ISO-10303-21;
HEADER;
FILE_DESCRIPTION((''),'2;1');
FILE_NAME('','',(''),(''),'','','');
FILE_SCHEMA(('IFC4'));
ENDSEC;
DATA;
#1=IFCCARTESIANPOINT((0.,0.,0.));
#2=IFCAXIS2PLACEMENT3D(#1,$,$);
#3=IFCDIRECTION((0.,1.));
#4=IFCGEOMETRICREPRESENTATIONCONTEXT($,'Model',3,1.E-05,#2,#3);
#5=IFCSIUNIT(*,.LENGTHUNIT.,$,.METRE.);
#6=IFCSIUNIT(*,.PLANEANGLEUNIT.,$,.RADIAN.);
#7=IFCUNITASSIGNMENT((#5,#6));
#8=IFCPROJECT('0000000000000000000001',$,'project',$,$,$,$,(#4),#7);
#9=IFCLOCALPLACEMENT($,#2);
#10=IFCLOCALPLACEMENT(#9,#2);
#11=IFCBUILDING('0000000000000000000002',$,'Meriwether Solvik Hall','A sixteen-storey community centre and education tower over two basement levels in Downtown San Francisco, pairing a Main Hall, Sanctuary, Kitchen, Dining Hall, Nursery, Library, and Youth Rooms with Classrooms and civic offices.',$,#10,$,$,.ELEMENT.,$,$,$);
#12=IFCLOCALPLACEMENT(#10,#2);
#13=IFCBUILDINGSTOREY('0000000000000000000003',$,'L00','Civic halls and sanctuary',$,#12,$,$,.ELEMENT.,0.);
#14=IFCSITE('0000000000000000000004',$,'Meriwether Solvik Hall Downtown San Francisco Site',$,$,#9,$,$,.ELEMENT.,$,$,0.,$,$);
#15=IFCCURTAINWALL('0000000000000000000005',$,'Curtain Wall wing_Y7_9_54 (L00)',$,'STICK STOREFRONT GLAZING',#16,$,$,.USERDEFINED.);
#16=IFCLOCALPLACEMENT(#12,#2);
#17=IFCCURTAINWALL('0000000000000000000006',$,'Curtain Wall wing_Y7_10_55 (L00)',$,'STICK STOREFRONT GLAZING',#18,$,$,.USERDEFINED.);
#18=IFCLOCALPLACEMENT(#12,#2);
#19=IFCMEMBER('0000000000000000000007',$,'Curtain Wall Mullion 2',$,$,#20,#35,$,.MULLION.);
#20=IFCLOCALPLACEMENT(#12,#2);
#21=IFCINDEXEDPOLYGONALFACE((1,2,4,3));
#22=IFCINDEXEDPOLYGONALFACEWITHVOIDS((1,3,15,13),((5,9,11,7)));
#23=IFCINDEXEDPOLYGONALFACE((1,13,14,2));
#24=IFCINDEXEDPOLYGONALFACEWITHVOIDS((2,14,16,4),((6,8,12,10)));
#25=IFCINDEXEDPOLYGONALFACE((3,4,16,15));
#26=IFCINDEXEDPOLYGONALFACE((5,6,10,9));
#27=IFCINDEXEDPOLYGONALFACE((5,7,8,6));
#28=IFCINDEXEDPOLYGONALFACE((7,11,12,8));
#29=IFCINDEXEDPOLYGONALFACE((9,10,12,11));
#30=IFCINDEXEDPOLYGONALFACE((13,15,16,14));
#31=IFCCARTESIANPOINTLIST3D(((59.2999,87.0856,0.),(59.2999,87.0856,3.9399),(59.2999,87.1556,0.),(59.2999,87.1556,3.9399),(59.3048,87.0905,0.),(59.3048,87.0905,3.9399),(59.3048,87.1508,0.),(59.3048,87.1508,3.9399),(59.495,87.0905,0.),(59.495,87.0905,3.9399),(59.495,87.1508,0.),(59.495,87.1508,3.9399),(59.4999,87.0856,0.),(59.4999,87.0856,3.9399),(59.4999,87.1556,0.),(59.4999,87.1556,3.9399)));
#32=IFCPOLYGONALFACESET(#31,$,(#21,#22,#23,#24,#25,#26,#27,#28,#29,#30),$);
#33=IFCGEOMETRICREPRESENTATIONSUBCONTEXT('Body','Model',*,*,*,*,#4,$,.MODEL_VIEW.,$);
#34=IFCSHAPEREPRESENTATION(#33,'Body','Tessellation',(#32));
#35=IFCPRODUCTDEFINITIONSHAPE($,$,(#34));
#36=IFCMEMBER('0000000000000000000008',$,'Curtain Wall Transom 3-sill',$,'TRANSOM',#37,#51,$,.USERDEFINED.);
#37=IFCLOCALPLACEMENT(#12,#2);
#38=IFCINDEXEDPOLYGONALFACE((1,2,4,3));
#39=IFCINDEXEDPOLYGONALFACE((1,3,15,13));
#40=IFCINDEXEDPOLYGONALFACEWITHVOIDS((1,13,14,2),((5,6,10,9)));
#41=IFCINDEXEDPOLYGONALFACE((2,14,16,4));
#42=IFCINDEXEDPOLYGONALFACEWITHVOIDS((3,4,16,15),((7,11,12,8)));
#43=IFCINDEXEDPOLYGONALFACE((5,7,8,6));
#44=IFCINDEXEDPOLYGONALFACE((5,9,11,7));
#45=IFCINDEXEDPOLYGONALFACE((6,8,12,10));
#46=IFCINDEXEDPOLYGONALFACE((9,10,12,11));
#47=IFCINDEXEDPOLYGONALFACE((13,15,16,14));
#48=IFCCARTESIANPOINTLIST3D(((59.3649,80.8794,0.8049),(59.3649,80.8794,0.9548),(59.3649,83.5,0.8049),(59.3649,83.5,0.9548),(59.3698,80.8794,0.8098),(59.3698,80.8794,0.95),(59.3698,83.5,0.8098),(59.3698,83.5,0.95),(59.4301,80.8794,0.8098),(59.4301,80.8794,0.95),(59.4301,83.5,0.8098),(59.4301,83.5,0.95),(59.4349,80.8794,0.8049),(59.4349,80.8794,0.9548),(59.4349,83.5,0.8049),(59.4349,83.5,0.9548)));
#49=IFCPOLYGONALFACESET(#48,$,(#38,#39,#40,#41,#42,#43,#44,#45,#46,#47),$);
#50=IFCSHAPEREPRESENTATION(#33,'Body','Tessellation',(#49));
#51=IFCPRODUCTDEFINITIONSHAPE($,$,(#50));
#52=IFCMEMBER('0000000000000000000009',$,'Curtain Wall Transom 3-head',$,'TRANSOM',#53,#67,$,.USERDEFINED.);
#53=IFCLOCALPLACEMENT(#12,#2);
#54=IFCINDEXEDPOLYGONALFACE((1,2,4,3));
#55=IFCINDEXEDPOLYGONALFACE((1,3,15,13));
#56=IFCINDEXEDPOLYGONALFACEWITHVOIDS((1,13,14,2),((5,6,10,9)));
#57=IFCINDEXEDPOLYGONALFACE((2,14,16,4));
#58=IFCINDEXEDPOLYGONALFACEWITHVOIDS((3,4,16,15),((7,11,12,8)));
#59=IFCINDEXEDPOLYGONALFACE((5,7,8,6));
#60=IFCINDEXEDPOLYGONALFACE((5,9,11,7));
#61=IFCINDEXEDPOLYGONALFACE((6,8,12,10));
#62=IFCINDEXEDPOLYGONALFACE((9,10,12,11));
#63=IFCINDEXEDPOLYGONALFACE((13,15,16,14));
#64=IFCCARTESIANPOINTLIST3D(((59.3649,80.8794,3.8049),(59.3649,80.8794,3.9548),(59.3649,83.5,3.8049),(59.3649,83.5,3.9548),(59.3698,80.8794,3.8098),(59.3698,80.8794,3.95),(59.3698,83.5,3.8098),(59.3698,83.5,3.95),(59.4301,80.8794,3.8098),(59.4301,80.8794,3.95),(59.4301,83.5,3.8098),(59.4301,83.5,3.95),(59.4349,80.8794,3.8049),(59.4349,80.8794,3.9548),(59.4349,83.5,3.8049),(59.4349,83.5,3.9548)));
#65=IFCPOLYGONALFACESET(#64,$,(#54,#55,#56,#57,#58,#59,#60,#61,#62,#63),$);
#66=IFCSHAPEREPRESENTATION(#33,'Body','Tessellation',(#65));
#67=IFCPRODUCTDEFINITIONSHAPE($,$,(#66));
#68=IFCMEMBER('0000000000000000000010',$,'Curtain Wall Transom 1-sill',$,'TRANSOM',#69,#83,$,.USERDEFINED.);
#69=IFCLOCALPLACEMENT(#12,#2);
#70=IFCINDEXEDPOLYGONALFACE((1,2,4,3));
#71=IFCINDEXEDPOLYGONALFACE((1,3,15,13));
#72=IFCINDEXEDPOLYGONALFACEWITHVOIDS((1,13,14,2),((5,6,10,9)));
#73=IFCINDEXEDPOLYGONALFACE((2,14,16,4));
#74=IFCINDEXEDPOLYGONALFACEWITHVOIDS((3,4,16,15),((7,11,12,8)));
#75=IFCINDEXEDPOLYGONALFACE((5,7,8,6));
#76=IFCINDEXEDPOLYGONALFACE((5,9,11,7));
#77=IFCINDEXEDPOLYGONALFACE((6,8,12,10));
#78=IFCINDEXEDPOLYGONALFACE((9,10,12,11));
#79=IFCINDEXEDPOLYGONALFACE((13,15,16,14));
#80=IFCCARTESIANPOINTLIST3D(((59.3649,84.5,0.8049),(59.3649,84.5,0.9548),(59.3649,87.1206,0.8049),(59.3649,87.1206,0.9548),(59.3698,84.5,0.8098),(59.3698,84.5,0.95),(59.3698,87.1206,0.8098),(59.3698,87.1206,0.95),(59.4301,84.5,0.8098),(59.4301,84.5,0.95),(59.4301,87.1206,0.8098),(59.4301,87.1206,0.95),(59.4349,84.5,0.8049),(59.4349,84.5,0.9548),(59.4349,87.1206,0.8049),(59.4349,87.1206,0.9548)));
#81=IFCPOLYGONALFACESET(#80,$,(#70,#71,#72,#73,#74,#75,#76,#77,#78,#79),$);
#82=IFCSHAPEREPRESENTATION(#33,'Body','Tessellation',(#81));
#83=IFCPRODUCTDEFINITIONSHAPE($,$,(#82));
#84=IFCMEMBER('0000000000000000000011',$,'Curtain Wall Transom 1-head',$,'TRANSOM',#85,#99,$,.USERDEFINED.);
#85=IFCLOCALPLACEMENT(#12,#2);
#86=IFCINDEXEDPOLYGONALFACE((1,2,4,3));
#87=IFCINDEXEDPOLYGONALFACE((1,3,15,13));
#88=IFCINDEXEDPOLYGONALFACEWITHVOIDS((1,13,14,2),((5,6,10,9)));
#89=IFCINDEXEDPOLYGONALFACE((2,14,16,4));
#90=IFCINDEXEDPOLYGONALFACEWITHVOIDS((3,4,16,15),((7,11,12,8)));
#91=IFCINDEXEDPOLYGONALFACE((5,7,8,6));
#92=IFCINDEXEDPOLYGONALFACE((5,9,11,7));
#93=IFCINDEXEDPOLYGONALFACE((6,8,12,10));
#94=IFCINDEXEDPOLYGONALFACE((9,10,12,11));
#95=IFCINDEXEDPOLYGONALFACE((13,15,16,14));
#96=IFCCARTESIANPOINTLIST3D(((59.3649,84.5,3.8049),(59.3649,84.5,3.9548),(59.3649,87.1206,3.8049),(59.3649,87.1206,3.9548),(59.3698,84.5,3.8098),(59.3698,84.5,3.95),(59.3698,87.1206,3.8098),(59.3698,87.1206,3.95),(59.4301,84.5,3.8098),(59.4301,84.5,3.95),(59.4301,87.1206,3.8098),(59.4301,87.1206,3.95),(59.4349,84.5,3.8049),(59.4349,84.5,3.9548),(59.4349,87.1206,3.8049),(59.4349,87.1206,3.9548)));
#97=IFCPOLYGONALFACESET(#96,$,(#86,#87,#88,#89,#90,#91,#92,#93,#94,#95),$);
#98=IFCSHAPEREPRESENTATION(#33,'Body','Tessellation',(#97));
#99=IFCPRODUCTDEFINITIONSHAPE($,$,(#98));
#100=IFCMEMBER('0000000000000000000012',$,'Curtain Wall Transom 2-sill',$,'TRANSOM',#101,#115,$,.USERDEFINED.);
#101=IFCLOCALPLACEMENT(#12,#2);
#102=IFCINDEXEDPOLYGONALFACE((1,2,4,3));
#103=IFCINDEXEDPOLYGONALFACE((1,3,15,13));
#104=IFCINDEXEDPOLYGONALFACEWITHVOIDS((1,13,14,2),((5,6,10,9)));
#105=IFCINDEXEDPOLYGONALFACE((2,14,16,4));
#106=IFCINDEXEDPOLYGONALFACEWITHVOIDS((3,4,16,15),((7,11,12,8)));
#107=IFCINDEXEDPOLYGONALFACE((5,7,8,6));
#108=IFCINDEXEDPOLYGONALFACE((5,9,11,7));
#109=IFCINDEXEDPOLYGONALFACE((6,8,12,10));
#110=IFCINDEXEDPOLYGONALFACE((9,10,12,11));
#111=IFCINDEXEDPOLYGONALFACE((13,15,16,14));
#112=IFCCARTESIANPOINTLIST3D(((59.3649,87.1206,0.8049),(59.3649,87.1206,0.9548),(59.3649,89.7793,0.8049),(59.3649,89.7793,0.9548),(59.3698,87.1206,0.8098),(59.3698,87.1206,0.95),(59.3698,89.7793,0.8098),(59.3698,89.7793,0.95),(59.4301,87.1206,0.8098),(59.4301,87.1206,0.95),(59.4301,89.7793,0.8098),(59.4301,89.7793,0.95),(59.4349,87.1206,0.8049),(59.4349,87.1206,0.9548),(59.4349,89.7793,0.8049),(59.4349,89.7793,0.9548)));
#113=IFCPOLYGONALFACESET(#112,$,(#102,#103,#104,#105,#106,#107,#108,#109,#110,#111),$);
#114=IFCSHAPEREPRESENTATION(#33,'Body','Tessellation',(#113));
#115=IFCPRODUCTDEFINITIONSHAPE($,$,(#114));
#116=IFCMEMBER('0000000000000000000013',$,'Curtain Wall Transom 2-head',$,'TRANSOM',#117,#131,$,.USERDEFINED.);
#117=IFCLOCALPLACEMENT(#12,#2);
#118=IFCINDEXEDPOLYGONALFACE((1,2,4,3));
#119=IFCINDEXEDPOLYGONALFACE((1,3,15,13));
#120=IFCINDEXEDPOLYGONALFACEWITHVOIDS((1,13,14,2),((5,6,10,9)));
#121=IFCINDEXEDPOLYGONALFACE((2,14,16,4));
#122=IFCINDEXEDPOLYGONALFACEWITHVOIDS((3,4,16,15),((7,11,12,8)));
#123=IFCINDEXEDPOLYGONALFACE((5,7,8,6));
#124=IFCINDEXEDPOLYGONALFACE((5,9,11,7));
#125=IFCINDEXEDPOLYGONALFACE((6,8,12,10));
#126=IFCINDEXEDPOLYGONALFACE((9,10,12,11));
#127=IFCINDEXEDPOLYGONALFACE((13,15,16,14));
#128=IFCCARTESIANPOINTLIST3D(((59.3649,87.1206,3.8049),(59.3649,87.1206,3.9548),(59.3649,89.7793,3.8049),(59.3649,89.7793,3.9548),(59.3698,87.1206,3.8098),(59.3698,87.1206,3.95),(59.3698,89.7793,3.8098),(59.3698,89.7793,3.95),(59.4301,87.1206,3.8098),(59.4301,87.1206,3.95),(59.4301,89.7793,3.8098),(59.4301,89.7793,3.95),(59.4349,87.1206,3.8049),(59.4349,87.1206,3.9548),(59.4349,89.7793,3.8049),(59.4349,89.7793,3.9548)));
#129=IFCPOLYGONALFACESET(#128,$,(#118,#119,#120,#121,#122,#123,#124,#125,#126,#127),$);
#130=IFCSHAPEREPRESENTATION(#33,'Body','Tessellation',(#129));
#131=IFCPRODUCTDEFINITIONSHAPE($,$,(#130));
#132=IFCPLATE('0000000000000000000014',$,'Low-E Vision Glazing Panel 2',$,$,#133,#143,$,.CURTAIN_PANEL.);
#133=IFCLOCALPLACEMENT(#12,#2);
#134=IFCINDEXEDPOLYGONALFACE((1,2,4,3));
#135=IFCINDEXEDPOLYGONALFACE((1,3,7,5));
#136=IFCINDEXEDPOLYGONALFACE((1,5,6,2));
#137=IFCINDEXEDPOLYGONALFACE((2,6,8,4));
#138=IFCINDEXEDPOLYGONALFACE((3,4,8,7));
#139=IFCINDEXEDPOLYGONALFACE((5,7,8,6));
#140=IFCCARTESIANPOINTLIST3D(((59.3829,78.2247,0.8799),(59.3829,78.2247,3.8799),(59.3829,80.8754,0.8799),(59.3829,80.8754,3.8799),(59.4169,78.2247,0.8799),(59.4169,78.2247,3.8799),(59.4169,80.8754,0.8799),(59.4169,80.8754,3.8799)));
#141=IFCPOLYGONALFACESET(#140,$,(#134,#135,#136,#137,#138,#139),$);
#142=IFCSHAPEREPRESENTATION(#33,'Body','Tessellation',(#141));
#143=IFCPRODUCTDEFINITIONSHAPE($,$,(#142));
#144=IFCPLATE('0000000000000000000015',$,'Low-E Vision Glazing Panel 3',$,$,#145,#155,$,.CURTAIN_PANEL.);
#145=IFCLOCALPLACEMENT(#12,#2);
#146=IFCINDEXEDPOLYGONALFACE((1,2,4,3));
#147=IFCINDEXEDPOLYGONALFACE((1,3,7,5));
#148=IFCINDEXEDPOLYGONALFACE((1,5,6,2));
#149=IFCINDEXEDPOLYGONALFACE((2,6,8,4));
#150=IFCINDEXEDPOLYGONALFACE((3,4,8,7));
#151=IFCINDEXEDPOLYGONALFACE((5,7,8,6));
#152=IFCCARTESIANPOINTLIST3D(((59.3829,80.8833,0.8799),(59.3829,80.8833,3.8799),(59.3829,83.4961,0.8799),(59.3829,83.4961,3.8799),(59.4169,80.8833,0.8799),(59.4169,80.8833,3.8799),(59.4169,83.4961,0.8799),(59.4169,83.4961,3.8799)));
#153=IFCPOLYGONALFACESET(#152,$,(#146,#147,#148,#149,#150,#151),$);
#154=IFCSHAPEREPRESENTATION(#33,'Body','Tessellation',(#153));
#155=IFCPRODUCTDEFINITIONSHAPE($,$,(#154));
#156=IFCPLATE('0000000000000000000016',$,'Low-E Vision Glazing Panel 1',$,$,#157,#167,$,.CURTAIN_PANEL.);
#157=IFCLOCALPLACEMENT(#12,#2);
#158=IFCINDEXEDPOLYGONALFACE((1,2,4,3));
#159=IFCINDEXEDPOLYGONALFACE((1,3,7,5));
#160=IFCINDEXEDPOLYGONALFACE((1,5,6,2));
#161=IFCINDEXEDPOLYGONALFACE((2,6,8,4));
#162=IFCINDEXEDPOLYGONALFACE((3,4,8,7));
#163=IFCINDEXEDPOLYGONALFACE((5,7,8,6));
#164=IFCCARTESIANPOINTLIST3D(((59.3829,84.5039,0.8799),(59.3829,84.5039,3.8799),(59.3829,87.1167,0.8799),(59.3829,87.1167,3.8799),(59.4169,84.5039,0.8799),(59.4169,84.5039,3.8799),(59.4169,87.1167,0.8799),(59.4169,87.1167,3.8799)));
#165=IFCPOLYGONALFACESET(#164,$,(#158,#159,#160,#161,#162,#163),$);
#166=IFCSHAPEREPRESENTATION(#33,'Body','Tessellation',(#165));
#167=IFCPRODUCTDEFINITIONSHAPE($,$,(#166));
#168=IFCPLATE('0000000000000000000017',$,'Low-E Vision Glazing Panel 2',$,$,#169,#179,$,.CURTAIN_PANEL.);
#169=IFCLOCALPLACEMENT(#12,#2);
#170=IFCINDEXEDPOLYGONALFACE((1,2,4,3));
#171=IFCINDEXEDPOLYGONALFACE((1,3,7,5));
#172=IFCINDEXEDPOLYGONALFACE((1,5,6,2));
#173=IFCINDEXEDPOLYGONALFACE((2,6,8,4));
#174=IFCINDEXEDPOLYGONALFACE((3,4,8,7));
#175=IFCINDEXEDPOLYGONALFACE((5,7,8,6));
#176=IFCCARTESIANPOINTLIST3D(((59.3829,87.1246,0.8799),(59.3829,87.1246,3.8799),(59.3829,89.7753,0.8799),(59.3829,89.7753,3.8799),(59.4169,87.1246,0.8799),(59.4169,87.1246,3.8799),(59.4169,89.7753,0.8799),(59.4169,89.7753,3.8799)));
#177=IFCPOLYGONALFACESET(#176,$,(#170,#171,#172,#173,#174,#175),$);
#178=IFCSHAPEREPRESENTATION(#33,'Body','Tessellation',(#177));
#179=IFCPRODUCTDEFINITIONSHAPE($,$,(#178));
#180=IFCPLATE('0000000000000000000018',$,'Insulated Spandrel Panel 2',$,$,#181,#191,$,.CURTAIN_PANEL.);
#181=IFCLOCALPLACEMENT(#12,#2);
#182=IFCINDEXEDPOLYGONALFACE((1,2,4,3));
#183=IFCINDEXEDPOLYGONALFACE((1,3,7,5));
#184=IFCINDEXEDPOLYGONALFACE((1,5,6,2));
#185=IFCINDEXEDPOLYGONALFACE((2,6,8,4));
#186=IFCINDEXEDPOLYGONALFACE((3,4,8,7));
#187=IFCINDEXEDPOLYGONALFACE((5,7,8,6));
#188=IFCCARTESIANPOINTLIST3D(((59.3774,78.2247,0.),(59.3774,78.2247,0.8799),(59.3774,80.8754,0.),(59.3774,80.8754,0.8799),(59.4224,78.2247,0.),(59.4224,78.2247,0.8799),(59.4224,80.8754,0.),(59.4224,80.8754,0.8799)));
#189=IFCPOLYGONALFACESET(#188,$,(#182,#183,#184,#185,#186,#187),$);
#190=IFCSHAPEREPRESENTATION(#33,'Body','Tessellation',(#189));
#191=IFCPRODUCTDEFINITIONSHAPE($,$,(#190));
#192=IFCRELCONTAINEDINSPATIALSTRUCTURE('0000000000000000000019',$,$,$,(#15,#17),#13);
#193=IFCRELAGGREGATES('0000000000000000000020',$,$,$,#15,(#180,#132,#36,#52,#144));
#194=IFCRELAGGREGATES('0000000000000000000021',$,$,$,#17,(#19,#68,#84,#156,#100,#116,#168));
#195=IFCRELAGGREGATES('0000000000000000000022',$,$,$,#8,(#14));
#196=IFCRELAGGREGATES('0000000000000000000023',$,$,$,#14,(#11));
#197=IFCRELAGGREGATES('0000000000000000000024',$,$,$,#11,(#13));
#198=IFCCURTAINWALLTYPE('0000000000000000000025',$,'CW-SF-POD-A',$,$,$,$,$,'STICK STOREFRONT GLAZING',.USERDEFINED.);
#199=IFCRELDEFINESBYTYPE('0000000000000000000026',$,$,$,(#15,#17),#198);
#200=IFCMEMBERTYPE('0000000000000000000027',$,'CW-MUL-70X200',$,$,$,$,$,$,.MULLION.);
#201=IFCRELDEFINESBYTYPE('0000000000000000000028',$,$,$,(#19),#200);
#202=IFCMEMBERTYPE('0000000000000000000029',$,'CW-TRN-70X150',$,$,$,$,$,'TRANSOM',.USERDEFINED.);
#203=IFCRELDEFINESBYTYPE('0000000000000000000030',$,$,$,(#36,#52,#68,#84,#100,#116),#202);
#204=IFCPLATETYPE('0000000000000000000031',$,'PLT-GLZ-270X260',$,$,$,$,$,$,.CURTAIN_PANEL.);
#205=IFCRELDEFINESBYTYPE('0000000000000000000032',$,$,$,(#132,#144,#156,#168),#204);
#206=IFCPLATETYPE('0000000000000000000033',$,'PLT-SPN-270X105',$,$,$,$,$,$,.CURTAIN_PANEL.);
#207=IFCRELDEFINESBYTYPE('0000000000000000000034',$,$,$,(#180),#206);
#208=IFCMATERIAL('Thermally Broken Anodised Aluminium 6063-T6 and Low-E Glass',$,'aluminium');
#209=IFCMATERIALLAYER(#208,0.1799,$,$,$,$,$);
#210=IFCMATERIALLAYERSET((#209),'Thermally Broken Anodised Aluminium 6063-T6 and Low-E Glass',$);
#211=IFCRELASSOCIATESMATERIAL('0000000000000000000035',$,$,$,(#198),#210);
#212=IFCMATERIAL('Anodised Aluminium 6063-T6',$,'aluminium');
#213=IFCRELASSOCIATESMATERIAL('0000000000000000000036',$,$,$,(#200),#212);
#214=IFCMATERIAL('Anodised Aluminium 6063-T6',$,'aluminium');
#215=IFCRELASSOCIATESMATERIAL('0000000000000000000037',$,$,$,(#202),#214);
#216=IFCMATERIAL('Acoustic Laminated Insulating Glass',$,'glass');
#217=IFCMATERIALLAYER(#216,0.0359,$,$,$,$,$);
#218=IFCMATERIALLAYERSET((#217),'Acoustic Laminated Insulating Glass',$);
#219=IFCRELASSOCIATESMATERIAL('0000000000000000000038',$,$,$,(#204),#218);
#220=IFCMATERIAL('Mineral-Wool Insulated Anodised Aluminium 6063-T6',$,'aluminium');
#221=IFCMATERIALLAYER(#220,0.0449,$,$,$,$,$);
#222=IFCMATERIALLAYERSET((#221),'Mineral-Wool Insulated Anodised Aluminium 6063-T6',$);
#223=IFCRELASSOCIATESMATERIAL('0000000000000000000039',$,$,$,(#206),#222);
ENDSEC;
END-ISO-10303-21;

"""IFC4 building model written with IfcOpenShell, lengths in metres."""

from ifc_helpers import new_model, si_unit, direction, frame, origin, origin_2d, place, context, subcontext, project, spatial, rectangle, hollow_rectangle, extrude, material, layer, layer_set, material_profile, profile_set, type_object, element, aggregate, save


model = new_model("IFC4")

# Units and contexts
model_context = context("Model", 3, precision=1e-05, world=origin(), true_north=direction((0.0, 1.0)))
body_context = subcontext(model_context, "Body", "Model", "MODEL_VIEW")
ifc_project = project(units=[si_unit("LENGTHUNIT", "METRE"), si_unit("PLANEANGLEUNIT", "RADIAN")], contexts=[model_context])

# Site, building, storey
site_placement = place(None, origin())
site = spatial("IfcSite", under=ifc_project, at=site_placement, Name="Meriwether Solvik Hall Downtown San Francisco Site", CompositionType="ELEMENT", RefElevation=0.0)
building_placement = place(site_placement, origin())
building = spatial("IfcBuilding", under=site, at=building_placement, Name="Meriwether Solvik Hall", Description="A sixteen-storey community centre and education tower over two basement levels in Downtown San Francisco, pairing a Main Hall, Sanctuary, Kitchen, Dining Hall, Nursery, Library, and Youth Rooms with Classrooms and civic offices.", CompositionType="ELEMENT")
storey_placement = place(building_placement, origin())
storey = spatial("IfcBuildingStorey", under=building, at=storey_placement, Name="L00", Description="Civic halls and sanctuary", CompositionType="ELEMENT", Elevation=0.0)

# Curtain walls, member
ifc_material_1 = material(Name="Thermally Broken Anodised Aluminium 6063-T6 and Low-E Glass", Category="aluminium")
ifc_layer_1 = layer(ifc_material_1, 0.1799)
ifc_layer_set_1 = layer_set([ifc_layer_1], Name="Thermally Broken Anodised Aluminium 6063-T6 and Low-E Glass")
curtain_wall_type = type_object("IfcCurtainWallType", Name="CW-SF-POD-A", ElementType="STICK STOREFRONT GLAZING", PredefinedType="USERDEFINED", material=ifc_layer_set_1)
curtain_wall_1_placement = place(storey_placement, origin())
curtain_wall_1 = element("IfcCurtainWall", 1, at=curtain_wall_1_placement, inside=storey, type_object=curtain_wall_type, Name="Curtain Wall wing_Y7_9_54 (L00)", ObjectType="STICK STOREFRONT GLAZING", PredefinedType="USERDEFINED")
ifc_material_2 = material(Name="Anodised Aluminium 6063-T6", Category="aluminium")
ifc_material_profile_1 = material_profile(ifc_material_2, hollow_rectangle(XDim=0.0701, YDim=0.2, WallThickness=0.0049, at=origin_2d()), Name="CWM-70X200")
ifc_profile_set_1 = profile_set([ifc_material_profile_1], Name="Anodised Aluminium 6063-T6")
member_type_1 = type_object("IfcMemberType", Name="CW-MUL-70X200", PredefinedType="MULLION", material=ifc_profile_set_1)
curtain_wall_2_placement = place(storey_placement, origin())
curtain_wall_2 = element("IfcCurtainWall", 2, at=curtain_wall_2_placement, inside=storey, type_object=curtain_wall_type, Name="Curtain Wall wing_Y7_10_55 (L00)", ObjectType="STICK STOREFRONT GLAZING", PredefinedType="USERDEFINED")
member_1_placement = place(storey_placement, frame((59.3999, 87.1206, 0.0), z_axis=(0.0, 0.0, 1.0), x_axis=(0.0, 1.0, 0.0)))
member_1 = element("IfcMember", 3, at=member_1_placement, type_object=member_type_1, Name="Curtain Wall Mullion 2", PredefinedType="MULLION", context=body_context, shape_type="SweptSolid", body=[
    extrude(hollow_rectangle(XDim=0.0701, YDim=0.2, WallThickness=0.0049, at=origin_2d()), origin(), (0.0, 0.0, 1.0), 3.9399),
])

# Members
ifc_material_3 = material(Name="Anodised Aluminium 6063-T6", Category="aluminium")
ifc_material_profile_2 = material_profile(ifc_material_3, hollow_rectangle(XDim=0.0701, YDim=0.1499, WallThickness=0.0049, at=origin_2d()), Name="CWT-70X150")
ifc_profile_set_2 = profile_set([ifc_material_profile_2], Name="Anodised Aluminium 6063-T6")
member_type_2 = type_object("IfcMemberType", Name="CW-TRN-70X150", ElementType="TRANSOM", PredefinedType="USERDEFINED", material=ifc_profile_set_2)
member_2_placement = place(storey_placement, frame((59.3999, 80.8794, 0.8799), z_axis=(0.0, 1.0, 0.0), x_axis=(-1.0, 0.0, 0.0)))
member_2 = element("IfcMember", 4, at=member_2_placement, type_object=member_type_2, Name="Curtain Wall Transom 3-sill", ObjectType="TRANSOM", PredefinedType="USERDEFINED", context=body_context, shape_type="SweptSolid", body=[
    extrude(hollow_rectangle(XDim=0.0701, YDim=0.1499, WallThickness=0.0049, at=origin_2d()), origin(), (0.0, 0.0, 1.0), 2.6206),
])
member_3_placement = place(storey_placement, frame((59.3999, 80.8794, 3.8799), z_axis=(0.0, 1.0, 0.0), x_axis=(-1.0, 0.0, 0.0)))
member_3 = element("IfcMember", 5, at=member_3_placement, type_object=member_type_2, Name="Curtain Wall Transom 3-head", ObjectType="TRANSOM", PredefinedType="USERDEFINED", context=body_context, shape_type="SweptSolid", body=[
    extrude(hollow_rectangle(XDim=0.0701, YDim=0.1499, WallThickness=0.0049, at=origin_2d()), origin(), (0.0, 0.0, 1.0), 2.6206),
])
member_4_placement = place(storey_placement, frame((59.3999, 84.5, 0.8799), z_axis=(0.0, 1.0, 0.0), x_axis=(-1.0, 0.0, 0.0)))
member_4 = element("IfcMember", 6, at=member_4_placement, type_object=member_type_2, Name="Curtain Wall Transom 1-sill", ObjectType="TRANSOM", PredefinedType="USERDEFINED", context=body_context, shape_type="SweptSolid", body=[
    extrude(hollow_rectangle(XDim=0.0701, YDim=0.1499, WallThickness=0.0049, at=origin_2d()), origin(), (0.0, 0.0, 1.0), 2.6206),
])
member_5_placement = place(storey_placement, frame((59.3999, 84.5, 3.8799), z_axis=(0.0, 1.0, 0.0), x_axis=(-1.0, 0.0, 0.0)))
member_5 = element("IfcMember", 7, at=member_5_placement, type_object=member_type_2, Name="Curtain Wall Transom 1-head", ObjectType="TRANSOM", PredefinedType="USERDEFINED", context=body_context, shape_type="SweptSolid", body=[
    extrude(hollow_rectangle(XDim=0.0701, YDim=0.1499, WallThickness=0.0049, at=origin_2d()), origin(), (0.0, 0.0, 1.0), 2.6206),
])
member_6_placement = place(storey_placement, frame((59.3999, 87.1206, 0.8799), z_axis=(0.0, 1.0, 0.0), x_axis=(-1.0, 0.0, 0.0)))
member_6 = element("IfcMember", 8, at=member_6_placement, type_object=member_type_2, Name="Curtain Wall Transom 2-sill", ObjectType="TRANSOM", PredefinedType="USERDEFINED", context=body_context, shape_type="SweptSolid", body=[
    extrude(hollow_rectangle(XDim=0.0701, YDim=0.1499, WallThickness=0.0049, at=origin_2d()), origin(), (0.0, 0.0, 1.0), 2.6587),
])
member_7_placement = place(storey_placement, frame((59.3999, 87.1206, 3.8799), z_axis=(0.0, 1.0, 0.0), x_axis=(-1.0, 0.0, 0.0)))
member_7 = element("IfcMember", 9, at=member_7_placement, type_object=member_type_2, Name="Curtain Wall Transom 2-head", ObjectType="TRANSOM", PredefinedType="USERDEFINED", context=body_context, shape_type="SweptSolid", body=[
    extrude(hollow_rectangle(XDim=0.0701, YDim=0.1499, WallThickness=0.0049, at=origin_2d()), origin(), (0.0, 0.0, 1.0), 2.6587),
])

# Plates
ifc_material_4 = material(Name="Acoustic Laminated Insulating Glass", Category="glass")
ifc_layer_2 = layer(ifc_material_4, 0.0359)
ifc_layer_set_2 = layer_set([ifc_layer_2], Name="Acoustic Laminated Insulating Glass")
plate_type_1 = type_object("IfcPlateType", Name="PLT-GLZ-270X260", PredefinedType="CURTAIN_PANEL", material=ifc_layer_set_2)
plate_1_placement = place(storey_placement, frame((59.3999, 79.55, 0.8799), z_axis=(0.0, 0.0, 1.0), x_axis=(0.0, 1.0, 0.0)))
plate_1 = element("IfcPlate", 10, at=plate_1_placement, type_object=plate_type_1, Name="Low-E Vision Glazing Panel 2", PredefinedType="CURTAIN_PANEL", context=body_context, shape_type="SweptSolid", body=[
    extrude(rectangle(XDim=2.6506, YDim=0.0339, at=origin_2d()), origin(), (0.0, 0.0, 1.0), 3.0),
])
plate_2_placement = place(storey_placement, frame((59.3999, 82.1897, 0.8799), z_axis=(0.0, 0.0, 1.0), x_axis=(0.0, 1.0, 0.0)))
plate_2 = element("IfcPlate", 11, at=plate_2_placement, type_object=plate_type_1, Name="Low-E Vision Glazing Panel 3", PredefinedType="CURTAIN_PANEL", context=body_context, shape_type="SweptSolid", body=[
    extrude(rectangle(XDim=2.6128, YDim=0.0339, at=origin_2d()), origin(), (0.0, 0.0, 1.0), 3.0),
])
plate_3_placement = place(storey_placement, frame((59.3999, 85.8103, 0.8799), z_axis=(0.0, 0.0, 1.0), x_axis=(0.0, 1.0, 0.0)))
plate_3 = element("IfcPlate", 12, at=plate_3_placement, type_object=plate_type_1, Name="Low-E Vision Glazing Panel 1", PredefinedType="CURTAIN_PANEL", context=body_context, shape_type="SweptSolid", body=[
    extrude(rectangle(XDim=2.6128, YDim=0.0339, at=origin_2d()), origin(), (0.0, 0.0, 1.0), 3.0),
])
plate_4_placement = place(storey_placement, frame((59.3999, 88.45, 0.8799), z_axis=(0.0, 0.0, 1.0), x_axis=(0.0, 1.0, 0.0)))
plate_4 = element("IfcPlate", 13, at=plate_4_placement, type_object=plate_type_1, Name="Low-E Vision Glazing Panel 2", PredefinedType="CURTAIN_PANEL", context=body_context, shape_type="SweptSolid", body=[
    extrude(rectangle(XDim=2.6506, YDim=0.0339, at=origin_2d()), origin(), (0.0, 0.0, 1.0), 3.0),
])
ifc_material_5 = material(Name="Mineral-Wool Insulated Anodised Aluminium 6063-T6", Category="aluminium")
ifc_layer_3 = layer(ifc_material_5, 0.0449)
ifc_layer_set_3 = layer_set([ifc_layer_3], Name="Mineral-Wool Insulated Anodised Aluminium 6063-T6")
plate_type_2 = type_object("IfcPlateType", Name="PLT-SPN-270X105", PredefinedType="CURTAIN_PANEL", material=ifc_layer_set_3)
plate_5_placement = place(storey_placement, frame((59.3999, 79.55, 0.0), z_axis=(0.0, 0.0, 1.0), x_axis=(0.0, 1.0, 0.0)))
plate_5 = element("IfcPlate", 14, at=plate_5_placement, type_object=plate_type_2, Name="Insulated Spandrel Panel 2", PredefinedType="CURTAIN_PANEL", context=body_context, shape_type="SweptSolid", body=[
    extrude(rectangle(XDim=2.6506, YDim=0.0449, at=origin_2d()), origin(), (0.0, 0.0, 1.0), 0.8799),
])
aggregate(curtain_wall_1, [plate_5, plate_1, member_2, member_3, plate_2])
aggregate(curtain_wall_2, [member_1, member_4, member_5, plate_3, member_6, member_7, plate_4])

save(model, "model.ifc")
